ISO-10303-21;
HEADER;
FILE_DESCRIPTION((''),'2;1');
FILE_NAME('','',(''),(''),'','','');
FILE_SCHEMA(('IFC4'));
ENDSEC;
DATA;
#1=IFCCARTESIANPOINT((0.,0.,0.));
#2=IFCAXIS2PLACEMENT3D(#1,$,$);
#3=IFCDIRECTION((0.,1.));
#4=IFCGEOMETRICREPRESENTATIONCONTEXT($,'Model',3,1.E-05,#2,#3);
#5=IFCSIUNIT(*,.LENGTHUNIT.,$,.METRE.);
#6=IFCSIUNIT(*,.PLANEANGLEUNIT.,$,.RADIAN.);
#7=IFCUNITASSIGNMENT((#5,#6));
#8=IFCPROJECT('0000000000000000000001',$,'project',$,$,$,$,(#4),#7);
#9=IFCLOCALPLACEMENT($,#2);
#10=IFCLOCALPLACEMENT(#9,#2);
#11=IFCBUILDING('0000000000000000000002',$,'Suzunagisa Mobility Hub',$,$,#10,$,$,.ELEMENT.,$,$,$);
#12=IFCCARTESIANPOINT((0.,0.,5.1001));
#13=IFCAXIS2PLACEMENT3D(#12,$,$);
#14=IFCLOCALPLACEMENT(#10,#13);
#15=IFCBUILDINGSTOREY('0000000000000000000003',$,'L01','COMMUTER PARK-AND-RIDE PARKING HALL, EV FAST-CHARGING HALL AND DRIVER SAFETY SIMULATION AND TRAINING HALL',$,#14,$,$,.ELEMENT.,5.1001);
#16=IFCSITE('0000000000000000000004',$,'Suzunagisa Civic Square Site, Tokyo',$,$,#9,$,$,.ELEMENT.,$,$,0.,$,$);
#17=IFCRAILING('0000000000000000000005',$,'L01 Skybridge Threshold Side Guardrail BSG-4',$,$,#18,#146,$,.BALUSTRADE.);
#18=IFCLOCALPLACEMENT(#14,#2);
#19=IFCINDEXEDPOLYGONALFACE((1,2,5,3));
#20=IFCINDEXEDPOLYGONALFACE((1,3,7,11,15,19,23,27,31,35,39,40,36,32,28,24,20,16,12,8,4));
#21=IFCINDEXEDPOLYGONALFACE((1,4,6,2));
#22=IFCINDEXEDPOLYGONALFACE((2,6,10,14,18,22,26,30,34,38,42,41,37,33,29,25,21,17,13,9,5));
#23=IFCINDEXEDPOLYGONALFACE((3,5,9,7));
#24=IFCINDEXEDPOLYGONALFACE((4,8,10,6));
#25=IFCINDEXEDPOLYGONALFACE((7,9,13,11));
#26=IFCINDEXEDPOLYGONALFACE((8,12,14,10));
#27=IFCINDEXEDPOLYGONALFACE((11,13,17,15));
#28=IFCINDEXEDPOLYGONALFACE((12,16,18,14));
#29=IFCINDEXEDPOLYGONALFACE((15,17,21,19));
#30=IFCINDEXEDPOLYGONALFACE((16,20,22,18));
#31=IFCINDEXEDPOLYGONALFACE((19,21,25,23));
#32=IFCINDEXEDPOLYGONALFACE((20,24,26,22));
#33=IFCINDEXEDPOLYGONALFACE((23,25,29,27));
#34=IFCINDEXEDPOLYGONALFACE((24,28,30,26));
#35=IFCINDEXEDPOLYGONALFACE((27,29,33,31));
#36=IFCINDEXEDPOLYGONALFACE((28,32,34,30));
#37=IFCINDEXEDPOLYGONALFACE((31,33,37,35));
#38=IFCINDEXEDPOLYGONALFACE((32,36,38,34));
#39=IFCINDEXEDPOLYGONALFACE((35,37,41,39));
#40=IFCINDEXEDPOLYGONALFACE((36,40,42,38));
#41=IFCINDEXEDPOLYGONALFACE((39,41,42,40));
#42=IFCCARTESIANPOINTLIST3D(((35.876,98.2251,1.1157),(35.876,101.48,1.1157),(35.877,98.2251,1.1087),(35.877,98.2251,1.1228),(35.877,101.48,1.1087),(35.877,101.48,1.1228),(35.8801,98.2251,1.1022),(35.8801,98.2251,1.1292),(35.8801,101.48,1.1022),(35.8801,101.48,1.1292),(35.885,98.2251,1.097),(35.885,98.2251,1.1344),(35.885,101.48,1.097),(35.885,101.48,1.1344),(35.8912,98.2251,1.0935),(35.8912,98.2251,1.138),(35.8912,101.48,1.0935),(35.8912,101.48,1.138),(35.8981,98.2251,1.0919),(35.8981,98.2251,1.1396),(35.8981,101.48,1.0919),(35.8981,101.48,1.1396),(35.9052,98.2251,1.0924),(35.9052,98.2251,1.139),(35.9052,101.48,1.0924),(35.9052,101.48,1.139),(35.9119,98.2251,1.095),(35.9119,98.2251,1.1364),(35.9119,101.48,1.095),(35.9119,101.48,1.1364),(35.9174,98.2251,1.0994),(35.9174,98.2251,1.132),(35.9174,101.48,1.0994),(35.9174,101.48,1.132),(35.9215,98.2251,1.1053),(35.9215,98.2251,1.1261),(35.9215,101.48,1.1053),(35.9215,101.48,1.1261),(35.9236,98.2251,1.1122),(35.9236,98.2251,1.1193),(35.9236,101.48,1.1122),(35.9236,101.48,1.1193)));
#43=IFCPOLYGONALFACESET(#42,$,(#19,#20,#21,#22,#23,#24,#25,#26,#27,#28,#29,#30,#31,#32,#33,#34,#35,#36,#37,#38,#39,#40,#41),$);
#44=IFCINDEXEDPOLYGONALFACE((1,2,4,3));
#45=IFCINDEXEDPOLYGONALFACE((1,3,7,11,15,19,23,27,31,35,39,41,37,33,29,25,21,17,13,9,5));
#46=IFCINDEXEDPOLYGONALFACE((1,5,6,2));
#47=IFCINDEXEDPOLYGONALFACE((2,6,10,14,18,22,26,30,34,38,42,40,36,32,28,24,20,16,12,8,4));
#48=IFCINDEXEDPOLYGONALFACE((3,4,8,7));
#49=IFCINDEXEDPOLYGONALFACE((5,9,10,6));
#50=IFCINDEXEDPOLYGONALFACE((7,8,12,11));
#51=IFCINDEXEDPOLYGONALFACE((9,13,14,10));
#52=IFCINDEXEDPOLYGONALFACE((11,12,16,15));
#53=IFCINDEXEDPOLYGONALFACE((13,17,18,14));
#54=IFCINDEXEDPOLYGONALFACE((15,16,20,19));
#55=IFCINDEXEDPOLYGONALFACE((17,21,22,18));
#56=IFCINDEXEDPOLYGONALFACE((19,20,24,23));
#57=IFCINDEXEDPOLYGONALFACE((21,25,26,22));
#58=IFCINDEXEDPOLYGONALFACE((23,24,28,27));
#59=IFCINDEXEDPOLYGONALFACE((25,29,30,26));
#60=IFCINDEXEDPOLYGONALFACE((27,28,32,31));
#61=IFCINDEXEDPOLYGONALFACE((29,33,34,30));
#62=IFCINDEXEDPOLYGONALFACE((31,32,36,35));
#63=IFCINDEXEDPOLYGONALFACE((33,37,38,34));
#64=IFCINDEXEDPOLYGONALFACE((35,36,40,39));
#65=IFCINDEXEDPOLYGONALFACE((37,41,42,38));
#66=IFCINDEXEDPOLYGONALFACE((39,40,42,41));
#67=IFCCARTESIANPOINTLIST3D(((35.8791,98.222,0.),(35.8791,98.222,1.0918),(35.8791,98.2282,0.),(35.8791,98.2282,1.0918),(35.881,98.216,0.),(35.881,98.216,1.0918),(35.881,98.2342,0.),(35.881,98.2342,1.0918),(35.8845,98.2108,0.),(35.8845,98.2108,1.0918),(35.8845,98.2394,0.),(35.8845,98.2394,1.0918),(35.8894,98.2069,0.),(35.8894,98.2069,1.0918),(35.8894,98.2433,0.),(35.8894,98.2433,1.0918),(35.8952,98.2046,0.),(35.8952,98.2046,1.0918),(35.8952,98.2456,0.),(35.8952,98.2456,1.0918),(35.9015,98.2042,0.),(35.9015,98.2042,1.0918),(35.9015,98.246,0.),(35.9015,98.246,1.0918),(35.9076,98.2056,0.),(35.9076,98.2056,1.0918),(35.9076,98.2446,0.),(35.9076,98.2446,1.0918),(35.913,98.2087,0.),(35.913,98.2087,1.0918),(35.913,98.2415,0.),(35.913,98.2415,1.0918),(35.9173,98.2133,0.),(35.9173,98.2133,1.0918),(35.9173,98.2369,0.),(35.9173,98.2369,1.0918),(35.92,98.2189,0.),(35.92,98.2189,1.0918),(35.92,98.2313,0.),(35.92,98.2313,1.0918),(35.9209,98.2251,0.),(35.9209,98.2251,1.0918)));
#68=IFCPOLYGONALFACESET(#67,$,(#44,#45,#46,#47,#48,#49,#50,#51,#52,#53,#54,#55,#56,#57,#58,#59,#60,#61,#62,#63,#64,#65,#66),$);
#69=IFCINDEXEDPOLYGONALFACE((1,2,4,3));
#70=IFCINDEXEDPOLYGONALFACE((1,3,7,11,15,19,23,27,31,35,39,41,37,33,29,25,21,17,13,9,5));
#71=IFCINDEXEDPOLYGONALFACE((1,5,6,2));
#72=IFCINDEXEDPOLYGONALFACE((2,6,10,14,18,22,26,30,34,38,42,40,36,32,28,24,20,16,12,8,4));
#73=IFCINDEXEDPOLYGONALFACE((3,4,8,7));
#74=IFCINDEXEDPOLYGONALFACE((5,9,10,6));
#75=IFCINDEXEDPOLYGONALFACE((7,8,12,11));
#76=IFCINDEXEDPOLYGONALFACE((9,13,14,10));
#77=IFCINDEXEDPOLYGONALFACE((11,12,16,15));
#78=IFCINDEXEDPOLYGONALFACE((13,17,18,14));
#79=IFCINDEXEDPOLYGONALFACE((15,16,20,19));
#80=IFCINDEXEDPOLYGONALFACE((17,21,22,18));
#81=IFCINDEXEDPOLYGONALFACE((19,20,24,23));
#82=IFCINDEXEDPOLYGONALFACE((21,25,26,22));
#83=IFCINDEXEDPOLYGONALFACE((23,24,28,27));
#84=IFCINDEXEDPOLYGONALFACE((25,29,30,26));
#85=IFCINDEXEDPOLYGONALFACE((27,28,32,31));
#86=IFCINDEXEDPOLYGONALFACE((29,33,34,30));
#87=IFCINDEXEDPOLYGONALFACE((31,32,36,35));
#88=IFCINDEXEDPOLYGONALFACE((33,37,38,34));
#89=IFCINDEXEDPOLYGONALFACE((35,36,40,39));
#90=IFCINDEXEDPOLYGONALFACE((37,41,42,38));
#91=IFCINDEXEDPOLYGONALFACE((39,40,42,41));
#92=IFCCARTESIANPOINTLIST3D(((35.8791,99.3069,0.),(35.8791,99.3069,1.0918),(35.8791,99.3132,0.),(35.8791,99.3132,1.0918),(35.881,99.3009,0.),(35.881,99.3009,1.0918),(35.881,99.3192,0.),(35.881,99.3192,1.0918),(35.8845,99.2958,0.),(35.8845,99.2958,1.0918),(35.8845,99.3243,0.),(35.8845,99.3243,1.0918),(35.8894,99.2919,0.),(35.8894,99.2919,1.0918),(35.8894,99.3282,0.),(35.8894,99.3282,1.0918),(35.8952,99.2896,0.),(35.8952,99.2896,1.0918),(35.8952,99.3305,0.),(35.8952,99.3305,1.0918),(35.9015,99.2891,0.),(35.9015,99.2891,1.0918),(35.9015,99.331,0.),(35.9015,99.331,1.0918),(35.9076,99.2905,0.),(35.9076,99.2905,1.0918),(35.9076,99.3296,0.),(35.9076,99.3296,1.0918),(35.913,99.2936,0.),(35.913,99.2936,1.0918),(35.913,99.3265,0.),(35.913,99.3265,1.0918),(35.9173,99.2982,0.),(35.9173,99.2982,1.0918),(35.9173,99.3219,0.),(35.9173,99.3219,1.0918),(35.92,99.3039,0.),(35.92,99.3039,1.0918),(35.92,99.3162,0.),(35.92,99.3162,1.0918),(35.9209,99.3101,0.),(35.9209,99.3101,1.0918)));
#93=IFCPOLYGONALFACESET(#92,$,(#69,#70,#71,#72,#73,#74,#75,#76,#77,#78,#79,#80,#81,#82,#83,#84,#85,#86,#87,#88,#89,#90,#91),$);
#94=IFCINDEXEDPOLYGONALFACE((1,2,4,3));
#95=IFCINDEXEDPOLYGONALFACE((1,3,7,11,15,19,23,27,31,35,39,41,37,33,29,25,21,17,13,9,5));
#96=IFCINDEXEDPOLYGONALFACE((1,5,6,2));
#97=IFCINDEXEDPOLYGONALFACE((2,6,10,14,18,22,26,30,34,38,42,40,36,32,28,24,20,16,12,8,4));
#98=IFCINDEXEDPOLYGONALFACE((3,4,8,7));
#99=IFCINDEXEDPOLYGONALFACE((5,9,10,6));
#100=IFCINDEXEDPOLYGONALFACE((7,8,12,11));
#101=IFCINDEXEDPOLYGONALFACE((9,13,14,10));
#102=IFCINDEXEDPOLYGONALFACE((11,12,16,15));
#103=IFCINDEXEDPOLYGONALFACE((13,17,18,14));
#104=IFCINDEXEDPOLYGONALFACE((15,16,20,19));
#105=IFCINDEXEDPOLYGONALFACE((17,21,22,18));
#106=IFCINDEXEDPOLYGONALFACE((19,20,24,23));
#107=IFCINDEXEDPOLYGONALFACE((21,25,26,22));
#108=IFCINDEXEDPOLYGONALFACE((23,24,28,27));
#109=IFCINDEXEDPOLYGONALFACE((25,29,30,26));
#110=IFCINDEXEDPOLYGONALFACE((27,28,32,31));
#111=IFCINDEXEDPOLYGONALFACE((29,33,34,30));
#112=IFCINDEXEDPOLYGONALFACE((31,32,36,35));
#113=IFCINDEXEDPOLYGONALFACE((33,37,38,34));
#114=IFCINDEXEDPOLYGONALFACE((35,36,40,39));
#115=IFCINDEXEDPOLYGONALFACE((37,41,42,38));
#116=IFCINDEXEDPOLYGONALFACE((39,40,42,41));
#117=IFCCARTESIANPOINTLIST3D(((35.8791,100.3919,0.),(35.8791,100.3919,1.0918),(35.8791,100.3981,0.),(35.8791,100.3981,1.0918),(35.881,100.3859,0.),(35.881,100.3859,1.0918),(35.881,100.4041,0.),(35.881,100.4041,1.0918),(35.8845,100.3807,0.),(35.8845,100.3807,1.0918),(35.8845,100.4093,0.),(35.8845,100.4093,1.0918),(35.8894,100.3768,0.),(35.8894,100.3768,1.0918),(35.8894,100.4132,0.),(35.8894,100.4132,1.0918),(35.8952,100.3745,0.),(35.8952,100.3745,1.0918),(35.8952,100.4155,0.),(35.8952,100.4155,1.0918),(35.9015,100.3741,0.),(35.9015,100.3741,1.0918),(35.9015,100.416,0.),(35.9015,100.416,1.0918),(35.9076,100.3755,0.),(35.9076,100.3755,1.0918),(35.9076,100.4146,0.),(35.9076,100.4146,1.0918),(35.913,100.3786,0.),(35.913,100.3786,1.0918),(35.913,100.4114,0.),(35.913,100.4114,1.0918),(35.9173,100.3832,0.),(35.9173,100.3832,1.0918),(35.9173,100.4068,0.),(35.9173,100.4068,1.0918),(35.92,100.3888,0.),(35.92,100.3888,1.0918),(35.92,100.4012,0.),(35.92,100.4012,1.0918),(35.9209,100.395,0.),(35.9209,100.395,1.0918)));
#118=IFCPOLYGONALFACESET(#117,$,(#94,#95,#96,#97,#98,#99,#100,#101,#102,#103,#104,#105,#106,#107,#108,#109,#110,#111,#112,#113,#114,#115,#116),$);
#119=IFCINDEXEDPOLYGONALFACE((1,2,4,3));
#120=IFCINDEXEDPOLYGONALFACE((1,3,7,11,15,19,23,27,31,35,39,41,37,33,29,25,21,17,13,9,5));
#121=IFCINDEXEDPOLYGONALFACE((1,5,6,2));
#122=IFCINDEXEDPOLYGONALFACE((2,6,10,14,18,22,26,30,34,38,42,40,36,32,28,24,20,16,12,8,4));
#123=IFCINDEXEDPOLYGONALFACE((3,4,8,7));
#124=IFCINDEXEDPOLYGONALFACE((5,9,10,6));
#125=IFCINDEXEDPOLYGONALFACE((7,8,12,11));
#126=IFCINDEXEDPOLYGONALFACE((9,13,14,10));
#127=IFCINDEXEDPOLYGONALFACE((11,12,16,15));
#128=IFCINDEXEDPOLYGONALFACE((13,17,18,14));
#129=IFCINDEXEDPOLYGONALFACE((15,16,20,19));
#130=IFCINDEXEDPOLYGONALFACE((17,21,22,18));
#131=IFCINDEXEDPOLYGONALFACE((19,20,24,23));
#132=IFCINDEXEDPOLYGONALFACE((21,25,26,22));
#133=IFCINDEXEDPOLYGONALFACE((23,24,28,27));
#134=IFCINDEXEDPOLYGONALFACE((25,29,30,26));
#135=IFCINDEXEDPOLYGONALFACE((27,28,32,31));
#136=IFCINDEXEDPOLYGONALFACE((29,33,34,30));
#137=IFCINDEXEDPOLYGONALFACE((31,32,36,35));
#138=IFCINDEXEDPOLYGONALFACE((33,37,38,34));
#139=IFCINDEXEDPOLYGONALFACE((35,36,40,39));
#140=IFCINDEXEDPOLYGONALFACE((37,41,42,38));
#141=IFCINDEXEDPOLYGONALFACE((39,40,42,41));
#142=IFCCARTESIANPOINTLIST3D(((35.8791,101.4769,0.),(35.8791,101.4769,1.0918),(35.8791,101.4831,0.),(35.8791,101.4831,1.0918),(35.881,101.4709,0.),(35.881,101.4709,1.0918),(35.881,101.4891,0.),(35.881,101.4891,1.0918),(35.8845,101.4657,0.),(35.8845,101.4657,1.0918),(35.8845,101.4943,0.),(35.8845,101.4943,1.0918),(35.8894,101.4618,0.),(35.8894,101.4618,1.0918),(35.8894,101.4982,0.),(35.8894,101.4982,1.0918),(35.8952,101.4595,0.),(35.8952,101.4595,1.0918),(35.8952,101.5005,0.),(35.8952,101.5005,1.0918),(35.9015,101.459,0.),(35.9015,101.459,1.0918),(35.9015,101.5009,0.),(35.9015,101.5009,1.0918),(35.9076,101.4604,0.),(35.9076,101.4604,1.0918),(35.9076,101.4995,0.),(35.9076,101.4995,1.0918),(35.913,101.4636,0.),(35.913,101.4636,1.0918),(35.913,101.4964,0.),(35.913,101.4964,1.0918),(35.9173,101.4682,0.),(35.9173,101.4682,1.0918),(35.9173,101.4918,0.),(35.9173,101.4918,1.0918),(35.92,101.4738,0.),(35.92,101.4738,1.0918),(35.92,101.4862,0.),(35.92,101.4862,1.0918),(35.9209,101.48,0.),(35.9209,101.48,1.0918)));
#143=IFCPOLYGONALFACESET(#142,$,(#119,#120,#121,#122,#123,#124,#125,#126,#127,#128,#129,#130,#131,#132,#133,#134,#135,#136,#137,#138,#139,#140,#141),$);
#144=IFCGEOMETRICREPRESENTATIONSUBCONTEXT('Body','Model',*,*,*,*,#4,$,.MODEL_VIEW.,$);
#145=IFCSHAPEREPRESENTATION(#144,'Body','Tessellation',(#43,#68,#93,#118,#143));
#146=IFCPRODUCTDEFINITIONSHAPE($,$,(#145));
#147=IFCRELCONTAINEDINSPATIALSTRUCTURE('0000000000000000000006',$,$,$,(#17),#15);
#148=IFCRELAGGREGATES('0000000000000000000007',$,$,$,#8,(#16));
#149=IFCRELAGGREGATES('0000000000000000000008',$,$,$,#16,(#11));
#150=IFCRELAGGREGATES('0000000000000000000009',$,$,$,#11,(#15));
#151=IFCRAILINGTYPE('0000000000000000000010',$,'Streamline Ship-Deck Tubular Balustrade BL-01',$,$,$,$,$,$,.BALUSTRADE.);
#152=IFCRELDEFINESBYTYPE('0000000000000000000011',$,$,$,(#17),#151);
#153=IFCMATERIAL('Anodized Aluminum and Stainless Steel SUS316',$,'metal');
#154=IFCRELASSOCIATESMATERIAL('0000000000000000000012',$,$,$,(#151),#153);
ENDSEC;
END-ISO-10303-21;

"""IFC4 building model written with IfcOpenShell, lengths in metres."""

from ifc_helpers import new_model, si_unit, direction, frame, origin, origin_2d, place, context, subcontext, project, spatial, circle, extrude, material, type_object, element, save


model = new_model("IFC4")

# Units and contexts
model_context = context("Model", 3, precision=1e-05, world=origin(), true_north=direction((0.0, 1.0)))
body_context = subcontext(model_context, "Body", "Model", "MODEL_VIEW")
ifc_project = project(units=[si_unit("LENGTHUNIT", "METRE"), si_unit("PLANEANGLEUNIT", "RADIAN")], contexts=[model_context])

# Site, building, storey
site_placement = place(None, origin())
site = spatial("IfcSite", under=ifc_project, at=site_placement, Name="Suzunagisa Civic Square Site, Tokyo", CompositionType="ELEMENT", RefElevation=0.0)
building_placement = place(site_placement, origin())
building = spatial("IfcBuilding", under=site, at=building_placement, Name="Suzunagisa Mobility Hub", CompositionType="ELEMENT")
storey_placement = place(building_placement, frame((0.0, 0.0, 5.1001)))
storey = spatial("IfcBuildingStorey", under=building, at=storey_placement, Name="L01", Description="COMMUTER PARK-AND-RIDE PARKING HALL, EV FAST-CHARGING HALL AND DRIVER SAFETY SIMULATION AND TRAINING HALL", CompositionType="ELEMENT", Elevation=5.1001)

# Railing
ifc_material_1 = material(Name="Anodized Aluminum and Stainless Steel SUS316", Category="metal")
railing_type_1 = type_object("IfcRailingType", Name="Streamline Ship-Deck Tubular Balustrade BL-01", PredefinedType="BALUSTRADE", material=ifc_material_1)
railing_1_placement = place(storey_placement, frame((35.8999, 98.2251, 0.0)))
element("IfcRailing", 1, at=railing_1_placement, inside=storey, type_object=railing_type_1, Name="L01 Skybridge Threshold Side Guardrail BSG-4", PredefinedType="BALUSTRADE", context=body_context, shape_type="SweptSolid", body=[
    extrude(circle(Radius=0.0239, at=origin_2d()), frame((0.0, 0.0, 1.1157), z_axis=(0.0, 1.0, 0.0), x_axis=(-1.0, 0.0, 0.0)), (0.0, 0.0, 1.0), 3.2549),
    extrude(circle(Radius=0.021, at=origin_2d()), origin(), (0.0, 0.0, 1.0), 1.0918),
    extrude(circle(Radius=0.021, at=origin_2d()), frame((0.0, 1.085, 0.0)), (0.0, 0.0, 1.0), 1.0918),
    extrude(circle(Radius=0.021, at=origin_2d()), frame((0.0, 2.1699, 0.0)), (0.0, 0.0, 1.0), 1.0918),
    extrude(circle(Radius=0.021, at=origin_2d()), frame((0.0, 3.2549, 0.0)), (0.0, 0.0, 1.0), 1.0918),
])

save(model, "model.ifc")
